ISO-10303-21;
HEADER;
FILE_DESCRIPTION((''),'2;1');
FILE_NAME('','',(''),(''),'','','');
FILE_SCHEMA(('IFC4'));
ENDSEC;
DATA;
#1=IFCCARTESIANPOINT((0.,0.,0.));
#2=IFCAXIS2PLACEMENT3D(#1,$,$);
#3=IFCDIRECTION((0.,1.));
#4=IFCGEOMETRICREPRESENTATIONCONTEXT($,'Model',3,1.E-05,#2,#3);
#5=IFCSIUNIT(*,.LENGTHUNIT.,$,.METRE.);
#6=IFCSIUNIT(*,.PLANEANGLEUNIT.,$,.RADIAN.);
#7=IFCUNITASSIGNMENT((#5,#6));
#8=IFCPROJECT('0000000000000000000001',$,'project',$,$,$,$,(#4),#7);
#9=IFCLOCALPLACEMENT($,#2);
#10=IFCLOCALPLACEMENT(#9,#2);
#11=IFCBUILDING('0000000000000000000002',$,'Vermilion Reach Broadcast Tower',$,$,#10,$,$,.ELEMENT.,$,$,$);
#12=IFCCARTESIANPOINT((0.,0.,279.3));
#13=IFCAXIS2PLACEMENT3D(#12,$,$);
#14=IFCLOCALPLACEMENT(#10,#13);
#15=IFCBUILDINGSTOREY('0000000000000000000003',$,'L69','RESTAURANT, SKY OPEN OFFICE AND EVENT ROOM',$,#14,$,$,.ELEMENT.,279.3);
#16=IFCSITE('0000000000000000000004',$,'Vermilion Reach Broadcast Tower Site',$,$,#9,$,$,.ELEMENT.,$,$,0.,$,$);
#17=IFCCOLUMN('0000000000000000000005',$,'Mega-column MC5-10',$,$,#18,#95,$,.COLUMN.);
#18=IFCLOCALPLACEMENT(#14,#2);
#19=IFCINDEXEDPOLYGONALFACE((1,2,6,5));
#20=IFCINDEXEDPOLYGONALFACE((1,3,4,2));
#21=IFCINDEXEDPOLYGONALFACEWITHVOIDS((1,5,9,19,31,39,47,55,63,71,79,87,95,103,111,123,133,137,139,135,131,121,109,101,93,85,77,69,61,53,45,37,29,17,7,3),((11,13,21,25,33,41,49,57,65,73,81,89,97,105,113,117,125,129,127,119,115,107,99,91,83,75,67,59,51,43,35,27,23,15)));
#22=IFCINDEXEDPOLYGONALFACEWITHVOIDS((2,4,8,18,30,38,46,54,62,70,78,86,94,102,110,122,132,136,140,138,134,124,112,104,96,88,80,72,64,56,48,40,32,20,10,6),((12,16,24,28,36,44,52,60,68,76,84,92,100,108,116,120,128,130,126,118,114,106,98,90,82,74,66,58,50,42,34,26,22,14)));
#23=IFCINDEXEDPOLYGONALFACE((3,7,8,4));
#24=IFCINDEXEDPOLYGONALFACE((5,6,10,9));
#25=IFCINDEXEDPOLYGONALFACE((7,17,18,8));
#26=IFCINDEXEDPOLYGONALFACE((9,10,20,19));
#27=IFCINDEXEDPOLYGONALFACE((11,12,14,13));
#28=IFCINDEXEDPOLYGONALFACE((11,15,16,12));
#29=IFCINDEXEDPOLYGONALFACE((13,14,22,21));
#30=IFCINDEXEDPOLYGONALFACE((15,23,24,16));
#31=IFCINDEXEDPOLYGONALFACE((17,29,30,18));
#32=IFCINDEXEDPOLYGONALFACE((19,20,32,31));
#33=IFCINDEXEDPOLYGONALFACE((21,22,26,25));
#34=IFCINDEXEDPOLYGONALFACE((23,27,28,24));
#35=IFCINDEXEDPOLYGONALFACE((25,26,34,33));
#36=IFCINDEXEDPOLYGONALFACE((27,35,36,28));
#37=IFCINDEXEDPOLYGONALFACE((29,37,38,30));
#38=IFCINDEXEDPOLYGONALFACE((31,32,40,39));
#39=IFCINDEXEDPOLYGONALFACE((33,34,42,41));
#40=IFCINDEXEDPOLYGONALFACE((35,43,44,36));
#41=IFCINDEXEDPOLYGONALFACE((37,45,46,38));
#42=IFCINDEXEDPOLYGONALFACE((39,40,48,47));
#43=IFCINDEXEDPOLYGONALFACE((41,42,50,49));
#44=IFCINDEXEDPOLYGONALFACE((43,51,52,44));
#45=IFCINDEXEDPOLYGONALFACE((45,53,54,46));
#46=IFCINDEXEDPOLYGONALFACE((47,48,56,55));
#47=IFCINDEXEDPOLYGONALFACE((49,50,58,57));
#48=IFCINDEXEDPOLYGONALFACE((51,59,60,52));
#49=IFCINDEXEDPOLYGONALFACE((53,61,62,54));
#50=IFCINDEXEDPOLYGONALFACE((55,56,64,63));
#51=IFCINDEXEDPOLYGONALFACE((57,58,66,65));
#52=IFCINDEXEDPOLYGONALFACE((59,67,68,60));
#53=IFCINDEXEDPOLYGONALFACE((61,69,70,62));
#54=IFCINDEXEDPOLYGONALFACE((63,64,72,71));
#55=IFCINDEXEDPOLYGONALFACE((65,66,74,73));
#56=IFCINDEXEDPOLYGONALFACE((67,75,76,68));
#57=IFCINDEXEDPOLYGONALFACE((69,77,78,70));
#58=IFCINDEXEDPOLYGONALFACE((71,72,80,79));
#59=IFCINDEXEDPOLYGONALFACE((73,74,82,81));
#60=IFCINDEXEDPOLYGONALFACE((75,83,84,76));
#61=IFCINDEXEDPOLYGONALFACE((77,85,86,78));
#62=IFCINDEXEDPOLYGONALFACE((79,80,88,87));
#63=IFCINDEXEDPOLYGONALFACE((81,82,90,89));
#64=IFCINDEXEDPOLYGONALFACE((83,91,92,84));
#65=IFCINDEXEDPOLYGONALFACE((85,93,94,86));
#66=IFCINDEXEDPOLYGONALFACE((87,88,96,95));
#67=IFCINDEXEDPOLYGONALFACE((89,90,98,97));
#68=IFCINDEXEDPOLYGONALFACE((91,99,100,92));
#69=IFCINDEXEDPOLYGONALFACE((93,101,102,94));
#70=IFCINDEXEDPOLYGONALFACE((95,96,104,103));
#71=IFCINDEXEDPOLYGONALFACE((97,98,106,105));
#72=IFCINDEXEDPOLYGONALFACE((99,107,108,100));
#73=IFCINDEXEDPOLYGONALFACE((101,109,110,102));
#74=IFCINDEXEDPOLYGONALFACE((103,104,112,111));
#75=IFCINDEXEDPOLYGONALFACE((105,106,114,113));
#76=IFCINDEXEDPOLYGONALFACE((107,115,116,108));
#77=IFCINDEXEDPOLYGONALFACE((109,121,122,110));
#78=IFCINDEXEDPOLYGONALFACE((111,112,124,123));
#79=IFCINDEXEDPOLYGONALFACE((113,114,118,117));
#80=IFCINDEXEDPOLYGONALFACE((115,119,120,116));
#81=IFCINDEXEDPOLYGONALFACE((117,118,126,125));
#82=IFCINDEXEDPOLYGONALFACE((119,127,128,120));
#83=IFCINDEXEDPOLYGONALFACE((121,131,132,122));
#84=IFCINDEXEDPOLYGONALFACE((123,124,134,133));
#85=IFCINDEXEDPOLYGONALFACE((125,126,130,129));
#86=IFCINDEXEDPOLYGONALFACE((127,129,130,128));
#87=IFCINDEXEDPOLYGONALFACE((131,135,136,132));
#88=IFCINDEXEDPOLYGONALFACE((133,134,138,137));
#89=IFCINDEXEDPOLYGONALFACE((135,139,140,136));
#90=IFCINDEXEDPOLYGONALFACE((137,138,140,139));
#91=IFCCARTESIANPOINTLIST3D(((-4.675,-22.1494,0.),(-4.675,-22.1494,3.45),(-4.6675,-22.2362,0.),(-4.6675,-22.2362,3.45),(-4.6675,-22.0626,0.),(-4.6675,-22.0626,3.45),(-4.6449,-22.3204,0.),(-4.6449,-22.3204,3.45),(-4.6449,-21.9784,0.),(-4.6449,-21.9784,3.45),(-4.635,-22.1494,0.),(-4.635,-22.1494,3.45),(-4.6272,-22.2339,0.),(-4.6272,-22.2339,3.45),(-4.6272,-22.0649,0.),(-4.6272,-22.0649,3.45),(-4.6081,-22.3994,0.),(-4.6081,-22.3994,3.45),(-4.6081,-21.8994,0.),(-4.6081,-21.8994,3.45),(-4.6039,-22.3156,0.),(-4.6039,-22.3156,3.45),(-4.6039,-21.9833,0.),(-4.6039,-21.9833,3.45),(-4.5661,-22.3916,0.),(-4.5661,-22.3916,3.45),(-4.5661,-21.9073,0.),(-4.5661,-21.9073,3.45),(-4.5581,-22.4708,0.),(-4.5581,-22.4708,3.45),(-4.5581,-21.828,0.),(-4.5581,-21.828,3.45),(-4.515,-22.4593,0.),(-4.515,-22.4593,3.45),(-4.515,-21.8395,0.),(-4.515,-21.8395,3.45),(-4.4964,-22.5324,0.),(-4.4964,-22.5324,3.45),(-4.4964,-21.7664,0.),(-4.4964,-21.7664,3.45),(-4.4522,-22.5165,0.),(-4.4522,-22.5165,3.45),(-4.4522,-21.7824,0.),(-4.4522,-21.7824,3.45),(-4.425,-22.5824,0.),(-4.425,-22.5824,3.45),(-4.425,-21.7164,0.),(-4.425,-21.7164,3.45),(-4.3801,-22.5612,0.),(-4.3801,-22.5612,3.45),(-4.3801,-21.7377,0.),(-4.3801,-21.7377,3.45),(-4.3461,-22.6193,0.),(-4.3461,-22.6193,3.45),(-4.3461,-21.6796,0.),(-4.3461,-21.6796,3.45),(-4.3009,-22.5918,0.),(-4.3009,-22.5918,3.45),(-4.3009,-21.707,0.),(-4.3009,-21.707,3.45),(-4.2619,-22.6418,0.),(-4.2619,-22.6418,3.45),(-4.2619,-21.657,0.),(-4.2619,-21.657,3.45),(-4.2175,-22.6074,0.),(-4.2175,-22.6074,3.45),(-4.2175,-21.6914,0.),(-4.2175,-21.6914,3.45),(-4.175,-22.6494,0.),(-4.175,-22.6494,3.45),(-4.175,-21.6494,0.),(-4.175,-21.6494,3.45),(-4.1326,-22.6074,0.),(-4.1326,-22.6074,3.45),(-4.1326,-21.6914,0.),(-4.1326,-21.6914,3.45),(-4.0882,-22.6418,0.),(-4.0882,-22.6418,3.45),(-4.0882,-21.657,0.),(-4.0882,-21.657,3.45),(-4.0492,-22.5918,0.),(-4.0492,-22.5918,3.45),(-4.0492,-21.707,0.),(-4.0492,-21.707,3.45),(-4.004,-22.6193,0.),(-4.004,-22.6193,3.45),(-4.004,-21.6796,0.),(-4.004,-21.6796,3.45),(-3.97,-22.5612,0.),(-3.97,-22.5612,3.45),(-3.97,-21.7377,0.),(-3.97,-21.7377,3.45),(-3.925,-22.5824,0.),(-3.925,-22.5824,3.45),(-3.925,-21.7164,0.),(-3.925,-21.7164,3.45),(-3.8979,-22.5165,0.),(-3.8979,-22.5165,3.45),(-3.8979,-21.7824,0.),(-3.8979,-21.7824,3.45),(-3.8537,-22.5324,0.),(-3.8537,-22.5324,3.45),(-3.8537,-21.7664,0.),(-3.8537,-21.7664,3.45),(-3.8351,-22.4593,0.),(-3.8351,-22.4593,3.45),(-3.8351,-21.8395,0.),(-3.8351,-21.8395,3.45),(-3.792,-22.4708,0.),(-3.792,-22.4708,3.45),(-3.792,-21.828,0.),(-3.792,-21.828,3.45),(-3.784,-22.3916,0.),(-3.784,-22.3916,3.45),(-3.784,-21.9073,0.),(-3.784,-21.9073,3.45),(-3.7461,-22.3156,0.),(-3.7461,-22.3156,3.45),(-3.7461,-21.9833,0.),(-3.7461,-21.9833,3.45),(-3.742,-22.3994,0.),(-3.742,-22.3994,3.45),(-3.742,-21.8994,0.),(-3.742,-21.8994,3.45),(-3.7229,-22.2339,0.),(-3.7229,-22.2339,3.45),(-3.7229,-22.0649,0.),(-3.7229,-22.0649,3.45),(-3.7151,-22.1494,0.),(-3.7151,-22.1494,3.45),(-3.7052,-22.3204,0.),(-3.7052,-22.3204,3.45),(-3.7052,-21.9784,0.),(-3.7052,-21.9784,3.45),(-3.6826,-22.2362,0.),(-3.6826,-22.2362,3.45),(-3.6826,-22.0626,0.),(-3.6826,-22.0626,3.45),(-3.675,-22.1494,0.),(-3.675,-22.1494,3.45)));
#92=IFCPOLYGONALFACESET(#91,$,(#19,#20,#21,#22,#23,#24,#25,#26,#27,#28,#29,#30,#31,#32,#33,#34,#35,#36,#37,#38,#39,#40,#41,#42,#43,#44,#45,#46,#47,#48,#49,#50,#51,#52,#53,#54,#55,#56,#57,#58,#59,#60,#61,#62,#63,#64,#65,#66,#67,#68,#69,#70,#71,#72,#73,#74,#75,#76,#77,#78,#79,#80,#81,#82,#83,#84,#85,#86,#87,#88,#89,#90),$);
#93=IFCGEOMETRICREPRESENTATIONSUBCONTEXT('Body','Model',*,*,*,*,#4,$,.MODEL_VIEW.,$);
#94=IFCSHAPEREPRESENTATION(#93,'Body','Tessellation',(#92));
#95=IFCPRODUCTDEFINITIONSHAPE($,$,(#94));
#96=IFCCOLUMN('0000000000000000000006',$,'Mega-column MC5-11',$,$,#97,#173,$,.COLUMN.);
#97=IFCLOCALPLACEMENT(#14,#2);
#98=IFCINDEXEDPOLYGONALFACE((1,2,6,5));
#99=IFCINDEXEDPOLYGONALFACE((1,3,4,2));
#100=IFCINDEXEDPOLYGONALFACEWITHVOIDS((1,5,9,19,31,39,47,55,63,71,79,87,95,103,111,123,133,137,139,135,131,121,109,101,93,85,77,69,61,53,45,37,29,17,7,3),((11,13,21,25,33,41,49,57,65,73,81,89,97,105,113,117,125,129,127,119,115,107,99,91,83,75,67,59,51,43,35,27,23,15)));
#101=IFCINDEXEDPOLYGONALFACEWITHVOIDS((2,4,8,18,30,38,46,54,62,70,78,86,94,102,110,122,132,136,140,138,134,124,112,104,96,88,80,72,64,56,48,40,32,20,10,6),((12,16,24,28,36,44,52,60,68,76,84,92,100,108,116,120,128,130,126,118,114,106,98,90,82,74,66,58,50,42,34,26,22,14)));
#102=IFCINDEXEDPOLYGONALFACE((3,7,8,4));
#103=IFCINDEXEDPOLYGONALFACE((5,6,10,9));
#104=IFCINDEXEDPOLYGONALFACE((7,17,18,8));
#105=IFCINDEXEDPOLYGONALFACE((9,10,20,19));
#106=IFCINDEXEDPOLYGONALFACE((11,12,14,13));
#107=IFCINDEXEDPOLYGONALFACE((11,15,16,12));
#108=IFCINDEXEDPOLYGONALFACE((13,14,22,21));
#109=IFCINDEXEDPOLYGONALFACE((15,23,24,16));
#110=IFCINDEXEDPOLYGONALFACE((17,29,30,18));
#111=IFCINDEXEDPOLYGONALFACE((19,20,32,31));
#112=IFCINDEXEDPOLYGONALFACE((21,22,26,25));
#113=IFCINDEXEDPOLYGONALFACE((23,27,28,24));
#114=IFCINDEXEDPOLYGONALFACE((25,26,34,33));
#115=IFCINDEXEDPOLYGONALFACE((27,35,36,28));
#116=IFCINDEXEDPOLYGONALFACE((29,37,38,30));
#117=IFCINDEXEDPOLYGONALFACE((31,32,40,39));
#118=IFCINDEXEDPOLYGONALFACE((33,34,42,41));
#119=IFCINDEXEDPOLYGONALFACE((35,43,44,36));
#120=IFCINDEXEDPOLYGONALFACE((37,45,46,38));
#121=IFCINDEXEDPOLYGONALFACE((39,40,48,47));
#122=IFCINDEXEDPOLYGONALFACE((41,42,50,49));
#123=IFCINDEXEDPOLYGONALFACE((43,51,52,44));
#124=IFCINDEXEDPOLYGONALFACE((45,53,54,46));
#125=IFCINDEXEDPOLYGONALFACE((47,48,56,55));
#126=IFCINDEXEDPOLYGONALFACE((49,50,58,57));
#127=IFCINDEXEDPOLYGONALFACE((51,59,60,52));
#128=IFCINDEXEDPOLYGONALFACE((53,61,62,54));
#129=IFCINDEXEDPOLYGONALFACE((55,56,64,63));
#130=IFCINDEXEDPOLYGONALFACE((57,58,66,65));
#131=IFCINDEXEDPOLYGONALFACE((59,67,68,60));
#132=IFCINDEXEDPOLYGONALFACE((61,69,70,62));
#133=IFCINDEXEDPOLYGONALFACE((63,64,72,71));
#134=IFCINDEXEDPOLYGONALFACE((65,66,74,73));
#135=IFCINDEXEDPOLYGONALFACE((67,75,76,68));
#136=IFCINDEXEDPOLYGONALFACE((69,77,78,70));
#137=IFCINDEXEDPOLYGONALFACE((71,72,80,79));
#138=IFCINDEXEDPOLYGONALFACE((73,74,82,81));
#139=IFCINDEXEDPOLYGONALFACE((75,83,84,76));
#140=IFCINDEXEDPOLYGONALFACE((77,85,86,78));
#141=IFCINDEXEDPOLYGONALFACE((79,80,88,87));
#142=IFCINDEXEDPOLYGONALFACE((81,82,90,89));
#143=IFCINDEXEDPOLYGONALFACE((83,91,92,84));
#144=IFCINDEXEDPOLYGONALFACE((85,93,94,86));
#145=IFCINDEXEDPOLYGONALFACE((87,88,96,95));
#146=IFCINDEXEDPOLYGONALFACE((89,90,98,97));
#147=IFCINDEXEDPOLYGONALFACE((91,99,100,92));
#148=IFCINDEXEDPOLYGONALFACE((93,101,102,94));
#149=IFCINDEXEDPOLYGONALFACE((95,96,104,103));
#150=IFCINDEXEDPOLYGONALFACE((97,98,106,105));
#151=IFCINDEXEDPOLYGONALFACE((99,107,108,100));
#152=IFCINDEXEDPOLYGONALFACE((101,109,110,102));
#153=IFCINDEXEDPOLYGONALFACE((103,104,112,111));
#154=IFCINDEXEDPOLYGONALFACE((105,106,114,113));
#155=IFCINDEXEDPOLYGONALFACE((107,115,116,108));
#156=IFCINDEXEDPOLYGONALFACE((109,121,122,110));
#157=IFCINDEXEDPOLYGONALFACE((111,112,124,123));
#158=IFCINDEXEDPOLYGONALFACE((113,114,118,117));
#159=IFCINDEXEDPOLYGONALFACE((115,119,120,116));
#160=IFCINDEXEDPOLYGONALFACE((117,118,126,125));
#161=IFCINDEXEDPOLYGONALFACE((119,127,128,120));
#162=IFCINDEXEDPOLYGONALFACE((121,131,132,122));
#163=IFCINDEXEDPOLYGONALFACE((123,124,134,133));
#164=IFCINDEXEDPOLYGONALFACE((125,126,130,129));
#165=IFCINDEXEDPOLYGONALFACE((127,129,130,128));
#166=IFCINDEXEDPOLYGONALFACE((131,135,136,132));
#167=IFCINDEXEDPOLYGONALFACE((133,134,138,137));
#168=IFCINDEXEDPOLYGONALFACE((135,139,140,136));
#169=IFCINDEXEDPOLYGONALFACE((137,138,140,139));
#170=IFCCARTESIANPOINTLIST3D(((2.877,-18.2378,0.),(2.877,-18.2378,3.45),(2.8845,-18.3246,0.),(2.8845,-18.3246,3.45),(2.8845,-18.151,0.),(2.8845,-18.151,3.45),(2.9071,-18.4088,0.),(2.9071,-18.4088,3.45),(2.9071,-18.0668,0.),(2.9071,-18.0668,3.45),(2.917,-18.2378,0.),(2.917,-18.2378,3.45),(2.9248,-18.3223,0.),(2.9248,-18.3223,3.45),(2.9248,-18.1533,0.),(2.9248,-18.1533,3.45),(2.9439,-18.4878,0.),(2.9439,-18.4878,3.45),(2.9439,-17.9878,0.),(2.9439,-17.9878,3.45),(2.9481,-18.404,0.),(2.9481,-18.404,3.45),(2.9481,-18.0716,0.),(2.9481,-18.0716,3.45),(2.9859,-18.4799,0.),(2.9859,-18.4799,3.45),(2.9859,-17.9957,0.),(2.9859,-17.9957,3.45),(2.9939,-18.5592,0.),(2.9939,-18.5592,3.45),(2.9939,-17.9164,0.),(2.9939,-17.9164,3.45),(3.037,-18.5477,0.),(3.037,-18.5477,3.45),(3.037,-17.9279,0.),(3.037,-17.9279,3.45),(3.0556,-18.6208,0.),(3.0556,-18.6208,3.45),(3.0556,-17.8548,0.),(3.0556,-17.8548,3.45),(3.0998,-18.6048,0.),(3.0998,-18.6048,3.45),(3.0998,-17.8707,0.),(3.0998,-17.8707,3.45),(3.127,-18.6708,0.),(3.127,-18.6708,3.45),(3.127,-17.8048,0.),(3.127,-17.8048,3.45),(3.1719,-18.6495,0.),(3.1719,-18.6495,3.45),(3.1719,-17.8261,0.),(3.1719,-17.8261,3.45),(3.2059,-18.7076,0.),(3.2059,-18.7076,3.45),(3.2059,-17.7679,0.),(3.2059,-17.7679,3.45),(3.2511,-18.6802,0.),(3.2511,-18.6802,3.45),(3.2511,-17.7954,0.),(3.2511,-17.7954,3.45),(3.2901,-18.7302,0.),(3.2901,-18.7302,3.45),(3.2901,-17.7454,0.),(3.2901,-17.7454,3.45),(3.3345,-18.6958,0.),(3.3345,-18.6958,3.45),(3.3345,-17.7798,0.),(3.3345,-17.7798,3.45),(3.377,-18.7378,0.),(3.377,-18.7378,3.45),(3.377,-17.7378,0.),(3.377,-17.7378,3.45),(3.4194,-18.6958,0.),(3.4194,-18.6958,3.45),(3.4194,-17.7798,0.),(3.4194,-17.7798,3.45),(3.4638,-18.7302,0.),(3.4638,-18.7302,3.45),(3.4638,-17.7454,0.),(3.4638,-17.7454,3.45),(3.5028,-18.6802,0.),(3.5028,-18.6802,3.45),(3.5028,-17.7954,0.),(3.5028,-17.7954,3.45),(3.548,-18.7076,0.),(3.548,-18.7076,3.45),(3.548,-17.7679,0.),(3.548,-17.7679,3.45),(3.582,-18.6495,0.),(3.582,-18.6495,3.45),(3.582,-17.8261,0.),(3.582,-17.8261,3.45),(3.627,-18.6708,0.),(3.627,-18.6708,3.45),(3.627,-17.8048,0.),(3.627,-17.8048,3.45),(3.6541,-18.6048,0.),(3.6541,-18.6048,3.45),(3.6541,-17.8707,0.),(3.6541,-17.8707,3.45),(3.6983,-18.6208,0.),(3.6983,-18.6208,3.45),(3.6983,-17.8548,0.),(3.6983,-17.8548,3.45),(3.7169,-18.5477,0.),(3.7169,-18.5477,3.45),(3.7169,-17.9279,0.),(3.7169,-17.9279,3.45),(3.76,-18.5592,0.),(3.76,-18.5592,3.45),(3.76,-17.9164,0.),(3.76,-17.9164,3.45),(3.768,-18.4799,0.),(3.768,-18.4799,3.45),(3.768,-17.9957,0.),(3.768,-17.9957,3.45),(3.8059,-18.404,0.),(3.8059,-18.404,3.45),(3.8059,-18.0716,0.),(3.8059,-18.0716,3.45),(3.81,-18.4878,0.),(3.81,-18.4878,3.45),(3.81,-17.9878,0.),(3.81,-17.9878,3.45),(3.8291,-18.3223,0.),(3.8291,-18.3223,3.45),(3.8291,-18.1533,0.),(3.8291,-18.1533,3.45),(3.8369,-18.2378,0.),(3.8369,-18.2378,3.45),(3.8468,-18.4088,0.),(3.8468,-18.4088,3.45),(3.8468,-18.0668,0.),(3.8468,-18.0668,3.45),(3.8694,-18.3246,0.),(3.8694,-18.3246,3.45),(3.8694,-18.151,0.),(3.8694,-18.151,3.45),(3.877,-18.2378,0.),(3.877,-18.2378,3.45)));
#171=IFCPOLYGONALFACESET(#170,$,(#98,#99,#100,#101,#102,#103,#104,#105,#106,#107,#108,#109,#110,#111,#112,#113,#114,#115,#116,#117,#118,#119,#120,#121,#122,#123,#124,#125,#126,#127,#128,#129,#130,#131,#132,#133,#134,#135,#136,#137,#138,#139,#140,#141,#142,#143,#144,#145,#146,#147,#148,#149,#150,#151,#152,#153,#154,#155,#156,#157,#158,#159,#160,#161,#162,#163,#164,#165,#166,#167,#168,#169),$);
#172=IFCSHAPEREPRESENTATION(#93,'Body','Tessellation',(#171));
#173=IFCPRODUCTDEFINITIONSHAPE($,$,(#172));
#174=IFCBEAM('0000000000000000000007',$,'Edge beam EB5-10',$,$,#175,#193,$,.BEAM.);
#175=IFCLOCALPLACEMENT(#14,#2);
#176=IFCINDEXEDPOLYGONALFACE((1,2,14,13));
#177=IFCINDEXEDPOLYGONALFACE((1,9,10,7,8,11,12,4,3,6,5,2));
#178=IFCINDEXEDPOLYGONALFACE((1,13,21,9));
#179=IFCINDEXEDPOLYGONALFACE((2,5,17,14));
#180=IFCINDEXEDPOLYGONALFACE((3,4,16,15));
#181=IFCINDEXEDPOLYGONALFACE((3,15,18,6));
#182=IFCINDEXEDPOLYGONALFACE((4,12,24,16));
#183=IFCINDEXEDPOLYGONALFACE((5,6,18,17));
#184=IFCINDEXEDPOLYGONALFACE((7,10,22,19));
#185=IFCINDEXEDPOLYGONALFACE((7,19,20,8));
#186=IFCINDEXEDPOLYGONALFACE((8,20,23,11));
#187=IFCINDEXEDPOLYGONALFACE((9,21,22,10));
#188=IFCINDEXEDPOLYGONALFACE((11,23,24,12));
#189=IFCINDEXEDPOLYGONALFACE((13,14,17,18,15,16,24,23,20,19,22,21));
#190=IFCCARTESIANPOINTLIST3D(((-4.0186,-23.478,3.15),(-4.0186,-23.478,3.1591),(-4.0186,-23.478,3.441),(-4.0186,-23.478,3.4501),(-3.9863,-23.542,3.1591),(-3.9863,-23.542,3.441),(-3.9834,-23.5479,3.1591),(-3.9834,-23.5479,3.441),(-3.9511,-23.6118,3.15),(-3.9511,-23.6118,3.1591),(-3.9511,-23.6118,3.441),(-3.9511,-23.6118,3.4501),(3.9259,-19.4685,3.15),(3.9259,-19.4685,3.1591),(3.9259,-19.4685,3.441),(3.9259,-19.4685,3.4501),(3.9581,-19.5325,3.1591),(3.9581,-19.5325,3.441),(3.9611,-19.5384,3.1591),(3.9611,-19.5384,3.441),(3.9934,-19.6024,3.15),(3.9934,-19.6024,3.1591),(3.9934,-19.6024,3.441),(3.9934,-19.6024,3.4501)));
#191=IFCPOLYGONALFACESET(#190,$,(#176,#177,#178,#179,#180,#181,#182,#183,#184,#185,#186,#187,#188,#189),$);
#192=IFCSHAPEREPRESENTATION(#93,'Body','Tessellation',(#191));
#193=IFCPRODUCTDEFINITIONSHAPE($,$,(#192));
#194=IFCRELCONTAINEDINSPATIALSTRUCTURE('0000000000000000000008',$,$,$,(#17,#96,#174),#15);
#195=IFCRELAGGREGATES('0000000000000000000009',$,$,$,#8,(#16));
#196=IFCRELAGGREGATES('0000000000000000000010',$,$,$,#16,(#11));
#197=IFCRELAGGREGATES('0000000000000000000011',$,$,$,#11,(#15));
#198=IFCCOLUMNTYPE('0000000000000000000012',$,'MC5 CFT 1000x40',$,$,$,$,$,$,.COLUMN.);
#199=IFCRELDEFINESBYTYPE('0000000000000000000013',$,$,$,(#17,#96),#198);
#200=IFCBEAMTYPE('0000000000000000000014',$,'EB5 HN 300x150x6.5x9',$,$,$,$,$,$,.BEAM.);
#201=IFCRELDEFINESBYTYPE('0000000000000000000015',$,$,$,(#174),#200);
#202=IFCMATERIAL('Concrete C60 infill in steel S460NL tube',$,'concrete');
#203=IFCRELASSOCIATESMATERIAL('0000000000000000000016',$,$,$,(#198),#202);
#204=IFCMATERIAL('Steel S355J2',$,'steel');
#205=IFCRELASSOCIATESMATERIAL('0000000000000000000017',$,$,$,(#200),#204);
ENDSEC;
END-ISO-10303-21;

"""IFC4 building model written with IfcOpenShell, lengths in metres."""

from ifc_helpers import new_model, si_unit, direction, frame, origin, origin_2d, place, context, subcontext, project, spatial, hollow_circle, i_section, extrude, material, material_profile, profile_set, type_object, element, save


model = new_model("IFC4")

# Units and contexts
model_context = context("Model", 3, precision=1e-05, world=origin(), true_north=direction((0.0, 1.0)))
body_context = subcontext(model_context, "Body", "Model", "MODEL_VIEW")
ifc_project = project(units=[si_unit("LENGTHUNIT", "METRE"), si_unit("PLANEANGLEUNIT", "RADIAN")], contexts=[model_context])

# Site, building, storey
site_placement = place(None, origin())
site = spatial("IfcSite", under=ifc_project, at=site_placement, Name="Vermilion Reach Broadcast Tower Site", CompositionType="ELEMENT", RefElevation=0.0)
building_placement = place(site_placement, origin())
building = spatial("IfcBuilding", under=site, at=building_placement, Name="Vermilion Reach Broadcast Tower", CompositionType="ELEMENT")
storey_placement = place(building_placement, frame((0.0, 0.0, 279.3)))
storey = spatial("IfcBuildingStorey", under=building, at=storey_placement, Name="L69", Description="RESTAURANT, SKY OPEN OFFICE AND EVENT ROOM", CompositionType="ELEMENT", Elevation=279.3)

# Columns
ifc_material_1 = material(Name="Concrete C60 infill in steel S460NL tube", Category="concrete")
ifc_material_profile_1 = material_profile(ifc_material_1, hollow_circle(Radius=0.5, WallThickness=0.04, at=origin_2d()), Name="Concrete C60 infill in steel S460NL tube CFT 1000x40")
ifc_profile_set_1 = profile_set([ifc_material_profile_1], Name="Concrete C60 infill in steel S460NL tube")
column_type = type_object("IfcColumnType", Name="MC5 CFT 1000x40", PredefinedType="COLUMN", material=ifc_profile_set_1)
for number, where, z_axis, x_axis, name in (
    (1, (-4.175, -22.1494, 0.0), (0.0, 0.0, 1.0), (1.0, 0.0, 0.0), "Mega-column MC5-10"),
    (2, (3.377, -18.2378, 0.0), (0.0, 0.0, 1.0), (1.0, 0.0, 0.0), "Mega-column MC5-11"),
):
    element("IfcColumn", number, at=place(storey_placement, frame(where, z_axis=z_axis, x_axis=x_axis)), inside=storey, type_object=column_type, Name=name, PredefinedType="COLUMN", context=body_context, shape_type="SweptSolid", body=[
        extrude(hollow_circle(Radius=0.5, WallThickness=0.04, at=origin_2d()), origin(), (0.0, 0.0, 1.0), 3.45),
    ])

# Beam
ifc_material_2 = material(Name="Steel S355J2", Category="steel")
ifc_material_profile_2 = material_profile(ifc_material_2, i_section(OverallWidth=0.1499, OverallDepth=0.3, WebThickness=0.0066, FlangeThickness=0.009, at=origin_2d()), Name="S355J2 HN 300x150x6.5x9")
ifc_profile_set_2 = profile_set([ifc_material_profile_2], Name="Steel S355J2")
beam_type_1 = type_object("IfcBeamType", Name="EB5 HN 300x150x6.5x9", PredefinedType="BEAM", material=ifc_profile_set_2)
beam_1_placement = place(storey_placement, frame((-3.9849, -23.5449, 3.3), z_axis=(0.892747, 0.450557, 0.0), x_axis=(-0.450557, 0.892747, 0.0)))
element("IfcBeam", 3, at=beam_1_placement, inside=storey, type_object=beam_type_1, Name="Edge beam EB5-10", PredefinedType="BEAM", context=body_context, shape_type="SweptSolid", body=[
    extrude(i_section(OverallWidth=0.1499, OverallDepth=0.3, WebThickness=0.0066, FlangeThickness=0.009, at=origin_2d()), origin(), (0.0, 0.0, 1.0), 8.8989),
])

save(model, "model.ifc")
